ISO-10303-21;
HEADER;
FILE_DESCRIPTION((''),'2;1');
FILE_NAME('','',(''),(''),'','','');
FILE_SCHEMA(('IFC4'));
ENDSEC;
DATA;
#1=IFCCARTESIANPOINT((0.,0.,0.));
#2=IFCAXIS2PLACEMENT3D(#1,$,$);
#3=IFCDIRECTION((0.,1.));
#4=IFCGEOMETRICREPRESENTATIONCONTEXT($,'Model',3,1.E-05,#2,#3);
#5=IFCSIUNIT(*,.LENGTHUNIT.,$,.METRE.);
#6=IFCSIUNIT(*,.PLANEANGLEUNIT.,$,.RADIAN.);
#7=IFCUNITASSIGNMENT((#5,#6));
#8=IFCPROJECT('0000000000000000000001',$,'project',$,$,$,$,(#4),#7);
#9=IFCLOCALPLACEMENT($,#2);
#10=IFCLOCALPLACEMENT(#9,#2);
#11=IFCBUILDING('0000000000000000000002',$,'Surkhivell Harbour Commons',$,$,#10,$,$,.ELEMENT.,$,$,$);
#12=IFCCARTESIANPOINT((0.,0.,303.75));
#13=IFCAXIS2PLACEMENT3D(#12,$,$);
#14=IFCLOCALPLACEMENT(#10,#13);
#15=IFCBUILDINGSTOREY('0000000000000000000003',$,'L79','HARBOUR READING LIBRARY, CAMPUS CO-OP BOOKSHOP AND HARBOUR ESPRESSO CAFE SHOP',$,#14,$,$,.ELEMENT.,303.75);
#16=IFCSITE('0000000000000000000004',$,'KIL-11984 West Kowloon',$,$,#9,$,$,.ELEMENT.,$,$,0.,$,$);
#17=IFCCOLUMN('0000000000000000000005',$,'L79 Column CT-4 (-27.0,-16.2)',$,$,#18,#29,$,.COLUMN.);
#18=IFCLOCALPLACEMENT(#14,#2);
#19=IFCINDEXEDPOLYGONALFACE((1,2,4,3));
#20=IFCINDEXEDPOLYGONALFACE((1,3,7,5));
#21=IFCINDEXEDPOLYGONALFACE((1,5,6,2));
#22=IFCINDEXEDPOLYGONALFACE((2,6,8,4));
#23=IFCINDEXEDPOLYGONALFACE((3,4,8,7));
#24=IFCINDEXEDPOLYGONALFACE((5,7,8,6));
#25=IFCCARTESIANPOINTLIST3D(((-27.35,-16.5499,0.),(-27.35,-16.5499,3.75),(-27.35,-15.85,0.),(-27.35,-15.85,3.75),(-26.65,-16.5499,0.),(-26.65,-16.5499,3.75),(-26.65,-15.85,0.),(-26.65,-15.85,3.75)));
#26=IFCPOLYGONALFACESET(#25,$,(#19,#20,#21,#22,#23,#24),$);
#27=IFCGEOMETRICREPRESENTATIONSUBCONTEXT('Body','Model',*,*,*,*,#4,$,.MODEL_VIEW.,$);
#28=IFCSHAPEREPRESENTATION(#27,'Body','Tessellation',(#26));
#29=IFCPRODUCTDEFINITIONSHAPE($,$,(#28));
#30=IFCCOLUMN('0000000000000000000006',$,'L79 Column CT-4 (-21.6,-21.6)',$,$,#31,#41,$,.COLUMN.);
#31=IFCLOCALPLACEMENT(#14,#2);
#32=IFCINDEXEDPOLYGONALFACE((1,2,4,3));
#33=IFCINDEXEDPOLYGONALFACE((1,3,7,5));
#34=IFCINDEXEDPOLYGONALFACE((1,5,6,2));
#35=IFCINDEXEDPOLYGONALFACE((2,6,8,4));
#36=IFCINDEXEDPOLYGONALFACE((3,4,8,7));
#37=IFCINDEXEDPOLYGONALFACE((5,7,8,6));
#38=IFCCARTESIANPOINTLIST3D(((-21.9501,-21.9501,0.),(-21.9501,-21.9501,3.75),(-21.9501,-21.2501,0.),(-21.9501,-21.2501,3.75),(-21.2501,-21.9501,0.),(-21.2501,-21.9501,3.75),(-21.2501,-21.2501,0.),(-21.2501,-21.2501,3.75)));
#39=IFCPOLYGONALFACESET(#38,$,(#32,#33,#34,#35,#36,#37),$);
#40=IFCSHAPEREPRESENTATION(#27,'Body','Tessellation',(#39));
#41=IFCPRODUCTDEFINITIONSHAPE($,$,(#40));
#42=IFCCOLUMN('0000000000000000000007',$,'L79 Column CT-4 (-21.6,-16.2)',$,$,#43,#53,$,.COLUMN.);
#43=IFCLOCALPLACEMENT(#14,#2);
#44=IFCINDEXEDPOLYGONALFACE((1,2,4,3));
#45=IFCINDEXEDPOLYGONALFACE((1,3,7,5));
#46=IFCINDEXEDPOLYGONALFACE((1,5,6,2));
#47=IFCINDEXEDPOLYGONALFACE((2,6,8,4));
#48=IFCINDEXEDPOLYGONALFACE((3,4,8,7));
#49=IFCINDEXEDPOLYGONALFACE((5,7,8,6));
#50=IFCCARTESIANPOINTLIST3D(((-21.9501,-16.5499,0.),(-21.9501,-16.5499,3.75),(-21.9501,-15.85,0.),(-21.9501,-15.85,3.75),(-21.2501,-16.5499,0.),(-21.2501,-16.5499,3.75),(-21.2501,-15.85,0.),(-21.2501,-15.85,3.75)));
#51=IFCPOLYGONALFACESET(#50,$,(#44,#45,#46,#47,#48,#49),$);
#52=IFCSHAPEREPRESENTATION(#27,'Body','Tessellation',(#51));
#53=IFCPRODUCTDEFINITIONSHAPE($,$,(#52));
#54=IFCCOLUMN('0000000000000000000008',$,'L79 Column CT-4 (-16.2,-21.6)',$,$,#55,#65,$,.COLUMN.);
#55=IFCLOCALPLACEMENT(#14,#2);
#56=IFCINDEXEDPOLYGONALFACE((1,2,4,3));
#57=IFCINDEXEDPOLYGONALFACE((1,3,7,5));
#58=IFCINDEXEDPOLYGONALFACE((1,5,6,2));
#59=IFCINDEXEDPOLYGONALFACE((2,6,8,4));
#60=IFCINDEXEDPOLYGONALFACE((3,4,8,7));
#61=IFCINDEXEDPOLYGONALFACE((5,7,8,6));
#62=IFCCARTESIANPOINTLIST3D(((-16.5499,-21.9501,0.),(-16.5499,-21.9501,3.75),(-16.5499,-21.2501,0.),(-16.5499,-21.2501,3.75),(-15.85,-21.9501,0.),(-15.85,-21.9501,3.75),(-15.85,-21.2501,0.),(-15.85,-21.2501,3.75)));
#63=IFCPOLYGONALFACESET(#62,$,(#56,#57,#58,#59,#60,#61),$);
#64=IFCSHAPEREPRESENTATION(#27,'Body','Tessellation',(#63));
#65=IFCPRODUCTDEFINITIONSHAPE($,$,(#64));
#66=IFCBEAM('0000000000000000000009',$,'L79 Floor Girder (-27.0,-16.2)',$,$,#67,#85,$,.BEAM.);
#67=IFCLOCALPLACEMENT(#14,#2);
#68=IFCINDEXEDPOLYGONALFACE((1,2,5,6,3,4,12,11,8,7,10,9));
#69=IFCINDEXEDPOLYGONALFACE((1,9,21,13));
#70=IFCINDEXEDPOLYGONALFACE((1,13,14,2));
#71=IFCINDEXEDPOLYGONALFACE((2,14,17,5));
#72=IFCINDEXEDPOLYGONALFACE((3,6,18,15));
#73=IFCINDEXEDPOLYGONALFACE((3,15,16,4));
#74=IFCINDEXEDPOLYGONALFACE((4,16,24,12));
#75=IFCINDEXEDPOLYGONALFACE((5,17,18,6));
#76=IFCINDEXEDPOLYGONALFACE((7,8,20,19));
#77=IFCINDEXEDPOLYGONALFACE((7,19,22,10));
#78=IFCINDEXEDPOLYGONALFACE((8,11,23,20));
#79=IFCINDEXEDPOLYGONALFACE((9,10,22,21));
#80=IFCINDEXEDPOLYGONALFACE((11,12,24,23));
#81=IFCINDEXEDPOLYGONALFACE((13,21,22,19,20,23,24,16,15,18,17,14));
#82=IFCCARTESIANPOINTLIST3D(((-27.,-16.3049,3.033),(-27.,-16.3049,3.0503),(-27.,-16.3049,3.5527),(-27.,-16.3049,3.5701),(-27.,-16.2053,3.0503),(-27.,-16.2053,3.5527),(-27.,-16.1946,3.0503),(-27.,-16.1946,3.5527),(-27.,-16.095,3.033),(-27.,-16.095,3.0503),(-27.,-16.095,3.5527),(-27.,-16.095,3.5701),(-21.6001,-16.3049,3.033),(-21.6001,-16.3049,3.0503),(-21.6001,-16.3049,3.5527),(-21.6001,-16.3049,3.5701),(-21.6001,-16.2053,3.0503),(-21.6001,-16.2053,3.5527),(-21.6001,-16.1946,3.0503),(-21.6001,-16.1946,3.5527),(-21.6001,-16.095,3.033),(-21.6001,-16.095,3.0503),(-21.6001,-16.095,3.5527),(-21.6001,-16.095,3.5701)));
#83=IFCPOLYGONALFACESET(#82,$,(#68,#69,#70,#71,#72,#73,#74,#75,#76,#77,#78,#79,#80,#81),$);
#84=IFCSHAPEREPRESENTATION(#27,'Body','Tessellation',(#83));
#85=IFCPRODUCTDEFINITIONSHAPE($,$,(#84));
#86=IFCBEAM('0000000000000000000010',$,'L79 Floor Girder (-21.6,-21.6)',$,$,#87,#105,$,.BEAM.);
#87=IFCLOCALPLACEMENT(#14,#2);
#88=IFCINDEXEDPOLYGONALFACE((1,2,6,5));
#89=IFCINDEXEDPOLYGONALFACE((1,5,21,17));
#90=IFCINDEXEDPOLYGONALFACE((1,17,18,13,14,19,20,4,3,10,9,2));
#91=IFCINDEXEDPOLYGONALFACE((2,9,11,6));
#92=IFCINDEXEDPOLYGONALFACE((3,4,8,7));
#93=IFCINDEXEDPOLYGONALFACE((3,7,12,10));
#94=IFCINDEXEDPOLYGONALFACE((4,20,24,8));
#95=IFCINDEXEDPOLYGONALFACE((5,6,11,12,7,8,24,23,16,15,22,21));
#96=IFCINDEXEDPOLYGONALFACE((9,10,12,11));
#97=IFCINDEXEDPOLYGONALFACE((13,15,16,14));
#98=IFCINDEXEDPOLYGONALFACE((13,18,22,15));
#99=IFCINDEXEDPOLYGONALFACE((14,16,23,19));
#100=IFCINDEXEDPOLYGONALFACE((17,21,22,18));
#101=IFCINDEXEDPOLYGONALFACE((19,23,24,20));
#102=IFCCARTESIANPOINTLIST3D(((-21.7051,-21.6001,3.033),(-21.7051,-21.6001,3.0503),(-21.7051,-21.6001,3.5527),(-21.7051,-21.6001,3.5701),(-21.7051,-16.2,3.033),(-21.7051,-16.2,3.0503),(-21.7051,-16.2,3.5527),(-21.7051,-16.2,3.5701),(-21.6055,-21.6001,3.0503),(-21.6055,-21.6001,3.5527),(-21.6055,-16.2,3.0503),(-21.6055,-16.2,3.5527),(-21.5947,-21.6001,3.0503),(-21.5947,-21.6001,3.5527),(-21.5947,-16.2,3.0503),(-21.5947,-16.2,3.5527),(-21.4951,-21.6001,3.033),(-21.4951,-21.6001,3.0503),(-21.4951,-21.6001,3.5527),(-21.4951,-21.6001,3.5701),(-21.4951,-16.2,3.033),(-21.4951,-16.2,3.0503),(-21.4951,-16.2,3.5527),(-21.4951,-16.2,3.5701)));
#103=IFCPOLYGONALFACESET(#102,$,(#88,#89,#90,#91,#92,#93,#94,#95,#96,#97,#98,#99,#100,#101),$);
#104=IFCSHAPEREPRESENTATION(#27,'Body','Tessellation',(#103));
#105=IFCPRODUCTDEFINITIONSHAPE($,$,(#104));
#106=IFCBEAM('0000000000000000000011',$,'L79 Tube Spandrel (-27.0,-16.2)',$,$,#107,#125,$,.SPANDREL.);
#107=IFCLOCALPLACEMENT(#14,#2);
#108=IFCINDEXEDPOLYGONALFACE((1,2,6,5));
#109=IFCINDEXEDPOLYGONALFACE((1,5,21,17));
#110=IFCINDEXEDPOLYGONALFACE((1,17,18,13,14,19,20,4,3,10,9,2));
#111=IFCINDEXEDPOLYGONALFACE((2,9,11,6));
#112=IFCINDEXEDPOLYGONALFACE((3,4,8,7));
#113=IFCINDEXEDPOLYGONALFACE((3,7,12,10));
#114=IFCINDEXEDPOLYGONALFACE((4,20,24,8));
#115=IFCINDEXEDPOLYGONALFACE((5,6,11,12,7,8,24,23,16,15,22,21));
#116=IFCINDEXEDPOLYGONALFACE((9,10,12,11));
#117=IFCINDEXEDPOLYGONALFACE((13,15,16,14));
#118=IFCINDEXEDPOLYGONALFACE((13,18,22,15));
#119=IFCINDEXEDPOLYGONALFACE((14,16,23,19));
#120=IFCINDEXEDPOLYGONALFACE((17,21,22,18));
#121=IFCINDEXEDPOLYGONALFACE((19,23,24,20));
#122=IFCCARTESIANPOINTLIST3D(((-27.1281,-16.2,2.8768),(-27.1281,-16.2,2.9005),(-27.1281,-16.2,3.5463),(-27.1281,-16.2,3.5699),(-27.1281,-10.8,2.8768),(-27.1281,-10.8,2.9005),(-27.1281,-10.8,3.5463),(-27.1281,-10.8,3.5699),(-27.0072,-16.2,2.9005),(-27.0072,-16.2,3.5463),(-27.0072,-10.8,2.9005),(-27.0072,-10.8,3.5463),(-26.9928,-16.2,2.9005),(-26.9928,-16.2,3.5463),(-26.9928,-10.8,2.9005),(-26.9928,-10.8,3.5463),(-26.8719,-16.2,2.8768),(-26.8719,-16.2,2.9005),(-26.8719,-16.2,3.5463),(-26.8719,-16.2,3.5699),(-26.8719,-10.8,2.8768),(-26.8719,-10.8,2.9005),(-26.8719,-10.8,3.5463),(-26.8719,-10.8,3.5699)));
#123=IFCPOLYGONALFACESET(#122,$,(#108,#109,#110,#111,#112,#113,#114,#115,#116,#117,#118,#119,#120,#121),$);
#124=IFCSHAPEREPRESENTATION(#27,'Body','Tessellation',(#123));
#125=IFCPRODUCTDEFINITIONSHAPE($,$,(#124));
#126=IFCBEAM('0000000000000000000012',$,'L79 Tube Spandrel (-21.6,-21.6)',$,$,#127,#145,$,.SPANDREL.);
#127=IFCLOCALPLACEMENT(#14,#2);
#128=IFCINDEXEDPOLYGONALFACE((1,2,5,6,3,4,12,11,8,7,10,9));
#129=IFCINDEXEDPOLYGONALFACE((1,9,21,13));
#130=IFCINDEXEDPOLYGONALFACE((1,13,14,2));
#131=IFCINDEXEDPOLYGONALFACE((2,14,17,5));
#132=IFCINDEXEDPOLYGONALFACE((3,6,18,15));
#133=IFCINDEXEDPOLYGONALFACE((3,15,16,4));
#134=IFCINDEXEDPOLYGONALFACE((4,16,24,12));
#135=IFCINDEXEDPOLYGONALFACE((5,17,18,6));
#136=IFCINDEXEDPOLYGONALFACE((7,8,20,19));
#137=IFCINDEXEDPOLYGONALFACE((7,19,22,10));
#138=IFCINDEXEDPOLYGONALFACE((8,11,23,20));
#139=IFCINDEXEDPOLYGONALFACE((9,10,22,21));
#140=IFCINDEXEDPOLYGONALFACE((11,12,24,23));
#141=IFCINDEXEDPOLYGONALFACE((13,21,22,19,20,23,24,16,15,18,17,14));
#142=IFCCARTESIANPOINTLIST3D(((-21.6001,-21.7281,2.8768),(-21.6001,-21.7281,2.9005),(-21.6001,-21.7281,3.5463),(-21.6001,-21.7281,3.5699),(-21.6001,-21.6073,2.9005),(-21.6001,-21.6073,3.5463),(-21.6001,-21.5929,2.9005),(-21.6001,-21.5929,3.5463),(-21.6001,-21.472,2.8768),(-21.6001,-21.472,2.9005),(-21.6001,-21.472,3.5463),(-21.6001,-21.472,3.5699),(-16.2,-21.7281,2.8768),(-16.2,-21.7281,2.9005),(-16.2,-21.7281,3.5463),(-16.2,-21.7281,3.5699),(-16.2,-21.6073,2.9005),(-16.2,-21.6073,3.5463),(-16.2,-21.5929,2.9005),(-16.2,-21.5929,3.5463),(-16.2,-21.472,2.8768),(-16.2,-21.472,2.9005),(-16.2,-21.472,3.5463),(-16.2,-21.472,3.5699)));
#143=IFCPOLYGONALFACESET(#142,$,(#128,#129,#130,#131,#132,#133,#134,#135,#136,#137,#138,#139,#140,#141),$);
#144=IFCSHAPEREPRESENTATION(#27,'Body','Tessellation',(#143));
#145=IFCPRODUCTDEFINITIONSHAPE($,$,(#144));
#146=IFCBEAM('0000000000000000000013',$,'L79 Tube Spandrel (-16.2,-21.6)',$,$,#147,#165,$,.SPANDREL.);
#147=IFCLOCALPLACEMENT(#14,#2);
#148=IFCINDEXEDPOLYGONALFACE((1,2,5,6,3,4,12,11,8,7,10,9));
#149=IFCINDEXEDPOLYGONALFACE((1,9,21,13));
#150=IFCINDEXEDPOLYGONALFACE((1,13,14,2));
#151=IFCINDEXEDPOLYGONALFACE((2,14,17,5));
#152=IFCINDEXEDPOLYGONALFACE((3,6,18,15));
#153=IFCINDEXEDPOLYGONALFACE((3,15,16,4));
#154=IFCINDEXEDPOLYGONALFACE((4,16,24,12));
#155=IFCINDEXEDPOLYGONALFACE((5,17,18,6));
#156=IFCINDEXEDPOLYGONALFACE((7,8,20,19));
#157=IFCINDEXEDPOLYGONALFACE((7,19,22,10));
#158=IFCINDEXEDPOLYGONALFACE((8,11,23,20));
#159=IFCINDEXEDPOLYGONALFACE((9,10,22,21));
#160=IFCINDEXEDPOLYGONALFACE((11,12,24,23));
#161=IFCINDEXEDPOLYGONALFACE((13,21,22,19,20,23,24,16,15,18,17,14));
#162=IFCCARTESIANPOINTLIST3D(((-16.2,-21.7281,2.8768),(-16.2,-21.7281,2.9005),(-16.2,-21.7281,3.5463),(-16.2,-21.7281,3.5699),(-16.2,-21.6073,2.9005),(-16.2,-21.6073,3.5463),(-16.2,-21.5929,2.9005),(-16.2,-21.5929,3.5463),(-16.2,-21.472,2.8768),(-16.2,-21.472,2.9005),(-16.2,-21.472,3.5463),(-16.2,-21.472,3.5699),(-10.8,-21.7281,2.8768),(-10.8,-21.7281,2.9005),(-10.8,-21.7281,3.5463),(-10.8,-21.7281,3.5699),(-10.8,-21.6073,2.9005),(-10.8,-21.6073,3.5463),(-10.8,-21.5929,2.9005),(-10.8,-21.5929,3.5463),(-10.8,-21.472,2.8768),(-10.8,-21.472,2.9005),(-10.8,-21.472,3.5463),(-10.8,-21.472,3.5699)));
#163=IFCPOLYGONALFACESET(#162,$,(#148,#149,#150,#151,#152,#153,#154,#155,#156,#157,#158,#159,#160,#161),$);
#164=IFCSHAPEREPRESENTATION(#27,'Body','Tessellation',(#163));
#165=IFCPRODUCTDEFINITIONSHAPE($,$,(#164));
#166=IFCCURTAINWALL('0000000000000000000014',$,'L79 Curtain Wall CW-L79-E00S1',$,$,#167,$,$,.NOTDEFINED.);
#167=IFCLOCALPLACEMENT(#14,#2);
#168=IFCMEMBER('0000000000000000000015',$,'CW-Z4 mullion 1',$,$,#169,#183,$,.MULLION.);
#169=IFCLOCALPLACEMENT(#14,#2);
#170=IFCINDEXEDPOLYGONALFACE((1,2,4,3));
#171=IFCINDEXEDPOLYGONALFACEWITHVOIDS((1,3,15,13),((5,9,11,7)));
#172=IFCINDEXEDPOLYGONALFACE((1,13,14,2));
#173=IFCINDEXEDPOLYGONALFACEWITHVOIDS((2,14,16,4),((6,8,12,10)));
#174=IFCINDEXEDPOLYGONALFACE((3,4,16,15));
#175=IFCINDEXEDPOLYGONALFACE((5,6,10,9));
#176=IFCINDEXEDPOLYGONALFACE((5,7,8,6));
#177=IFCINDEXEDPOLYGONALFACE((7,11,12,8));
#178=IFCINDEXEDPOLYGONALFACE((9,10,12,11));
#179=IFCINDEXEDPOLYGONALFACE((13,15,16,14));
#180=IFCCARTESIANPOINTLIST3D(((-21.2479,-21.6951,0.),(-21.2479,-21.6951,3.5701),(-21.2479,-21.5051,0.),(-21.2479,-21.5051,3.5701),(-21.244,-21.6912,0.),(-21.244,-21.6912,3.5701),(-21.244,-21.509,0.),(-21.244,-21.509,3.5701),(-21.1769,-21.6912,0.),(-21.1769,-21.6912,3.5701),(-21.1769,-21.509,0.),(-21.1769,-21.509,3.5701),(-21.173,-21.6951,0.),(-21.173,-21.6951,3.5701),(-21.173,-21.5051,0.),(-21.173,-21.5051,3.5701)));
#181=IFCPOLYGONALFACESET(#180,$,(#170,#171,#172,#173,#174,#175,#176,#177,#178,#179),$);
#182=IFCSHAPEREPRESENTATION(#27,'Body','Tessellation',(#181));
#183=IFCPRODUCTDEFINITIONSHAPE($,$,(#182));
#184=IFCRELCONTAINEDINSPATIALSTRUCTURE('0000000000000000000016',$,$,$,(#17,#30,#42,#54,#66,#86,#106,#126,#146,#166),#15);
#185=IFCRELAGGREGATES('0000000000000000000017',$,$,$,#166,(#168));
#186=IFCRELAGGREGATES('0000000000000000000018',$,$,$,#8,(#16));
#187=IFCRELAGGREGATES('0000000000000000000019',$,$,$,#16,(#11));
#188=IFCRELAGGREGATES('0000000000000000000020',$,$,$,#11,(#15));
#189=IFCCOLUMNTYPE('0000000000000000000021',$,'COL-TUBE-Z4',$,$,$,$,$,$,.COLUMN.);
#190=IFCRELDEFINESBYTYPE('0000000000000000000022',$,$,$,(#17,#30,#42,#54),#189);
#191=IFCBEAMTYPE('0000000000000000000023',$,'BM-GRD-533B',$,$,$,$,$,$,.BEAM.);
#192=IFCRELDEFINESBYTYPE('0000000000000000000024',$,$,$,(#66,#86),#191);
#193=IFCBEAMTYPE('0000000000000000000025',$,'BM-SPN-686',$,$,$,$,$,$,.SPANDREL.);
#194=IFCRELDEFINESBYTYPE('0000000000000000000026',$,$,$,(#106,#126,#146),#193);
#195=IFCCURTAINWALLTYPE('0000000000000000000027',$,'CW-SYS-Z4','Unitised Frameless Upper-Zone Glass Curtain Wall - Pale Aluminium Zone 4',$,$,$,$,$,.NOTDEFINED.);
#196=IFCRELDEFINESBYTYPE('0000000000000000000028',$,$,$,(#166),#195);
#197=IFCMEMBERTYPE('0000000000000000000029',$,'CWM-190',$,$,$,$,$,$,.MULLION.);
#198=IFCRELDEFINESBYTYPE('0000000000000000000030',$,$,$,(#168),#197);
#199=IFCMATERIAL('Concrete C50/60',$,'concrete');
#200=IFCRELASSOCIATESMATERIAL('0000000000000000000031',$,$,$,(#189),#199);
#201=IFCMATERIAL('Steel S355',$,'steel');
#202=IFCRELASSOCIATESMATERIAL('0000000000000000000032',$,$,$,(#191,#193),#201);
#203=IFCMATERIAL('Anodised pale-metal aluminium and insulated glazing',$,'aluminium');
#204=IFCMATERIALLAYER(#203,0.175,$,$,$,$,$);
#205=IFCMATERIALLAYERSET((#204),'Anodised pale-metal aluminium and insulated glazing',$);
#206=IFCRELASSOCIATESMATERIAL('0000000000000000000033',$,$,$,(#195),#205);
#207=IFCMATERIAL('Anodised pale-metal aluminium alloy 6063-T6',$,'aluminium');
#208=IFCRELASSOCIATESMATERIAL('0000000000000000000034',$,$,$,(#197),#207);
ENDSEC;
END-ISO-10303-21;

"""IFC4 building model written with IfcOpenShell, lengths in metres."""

from ifc_helpers import new_model, si_unit, direction, frame, origin, origin_2d, place, context, subcontext, project, spatial, rectangle, hollow_rectangle, i_section, extrude, material, layer, layer_set, material_profile, profile_set, type_object, element, aggregate, save


model = new_model("IFC4")

# Units and contexts
model_context = context("Model", 3, precision=1e-05, world=origin(), true_north=direction((0.0, 1.0)))
body_context = subcontext(model_context, "Body", "Model", "MODEL_VIEW")
ifc_project = project(units=[si_unit("LENGTHUNIT", "METRE"), si_unit("PLANEANGLEUNIT", "RADIAN")], contexts=[model_context])

# Site, building, storey
site_placement = place(None, origin())
site = spatial("IfcSite", under=ifc_project, at=site_placement, Name="KIL-11984 West Kowloon", CompositionType="ELEMENT", RefElevation=0.0)
building_placement = place(site_placement, origin())
building = spatial("IfcBuilding", under=site, at=building_placement, Name="Surkhivell Harbour Commons", CompositionType="ELEMENT")
storey_placement = place(building_placement, frame((0.0, 0.0, 303.75)))
storey = spatial("IfcBuildingStorey", under=building, at=storey_placement, Name="L79", Description="HARBOUR READING LIBRARY, CAMPUS CO-OP BOOKSHOP AND HARBOUR ESPRESSO CAFE SHOP", CompositionType="ELEMENT", Elevation=303.75)

# Columns
ifc_material_1 = material(Name="Concrete C50/60", Category="concrete")
ifc_material_profile_1 = material_profile(ifc_material_1, rectangle(XDim=0.7, YDim=0.7, at=origin_2d()), Name="RC-COL-700x700")
ifc_profile_set_1 = profile_set([ifc_material_profile_1], Name="Concrete C50/60")
column_type = type_object("IfcColumnType", Name="COL-TUBE-Z4", PredefinedType="COLUMN", material=ifc_profile_set_1)
for number, where, z_axis, x_axis, name in (
    (1, (-27.0, -16.2, 0.0), (0.0, 0.0, 1.0), (1.0, 0.0, 0.0), "L79 Column CT-4 (-27.0,-16.2)"),
    (2, (-21.6001, -21.6001, 0.0), (0.0, 0.0, 1.0), (1.0, 0.0, 0.0), "L79 Column CT-4 (-21.6,-21.6)"),
    (3, (-21.6001, -16.2, 0.0), (0.0, 0.0, 1.0), (1.0, 0.0, 0.0), "L79 Column CT-4 (-21.6,-16.2)"),
    (4, (-16.2, -21.6001, 0.0), (0.0, 0.0, 1.0), (1.0, 0.0, 0.0), "L79 Column CT-4 (-16.2,-21.6)"),
):
    element("IfcColumn", number, at=place(storey_placement, frame(where, z_axis=z_axis, x_axis=x_axis)), inside=storey, type_object=column_type, Name=name, PredefinedType="COLUMN", context=body_context, shape_type="SweptSolid", body=[
        extrude(rectangle(XDim=0.7, YDim=0.7, at=origin_2d()), origin(), (0.0, 0.0, 1.0), 3.75),
    ])

# Beams
ifc_material_2 = material(Name="Steel S355", Category="steel")
ifc_material_profile_2 = material_profile(ifc_material_2, i_section(OverallWidth=0.21, OverallDepth=0.5371, WebThickness=0.0107, FlangeThickness=0.0173, at=origin_2d()), Name="UB533x210x101")
ifc_profile_set_2 = profile_set([ifc_material_profile_2], Name="Steel S355")
beam_type_1 = type_object("IfcBeamType", Name="BM-GRD-533B", PredefinedType="BEAM", material=ifc_profile_set_2)
beam_1_placement = place(storey_placement, frame((-27.0, -16.2, 3.3015), z_axis=(1.0, 0.0, 0.0), x_axis=(0.0, 1.0, 0.0)))
element("IfcBeam", 5, at=beam_1_placement, inside=storey, type_object=beam_type_1, Name="L79 Floor Girder (-27.0,-16.2)", PredefinedType="BEAM", context=body_context, shape_type="SweptSolid", body=[
    extrude(i_section(OverallWidth=0.21, OverallDepth=0.5371, WebThickness=0.0107, FlangeThickness=0.0173, at=origin_2d()), origin(), (0.0, 0.0, 1.0), 5.3999),
])
beam_2_placement = place(storey_placement, frame((-21.6001, -21.6001, 3.3015), z_axis=(0.0, 1.0, 0.0), x_axis=(-1.0, 0.0, 0.0)))
element("IfcBeam", 6, at=beam_2_placement, inside=storey, type_object=beam_type_1, Name="L79 Floor Girder (-21.6,-21.6)", PredefinedType="BEAM", context=body_context, shape_type="SweptSolid", body=[
    extrude(i_section(OverallWidth=0.21, OverallDepth=0.5371, WebThickness=0.0107, FlangeThickness=0.0173, at=origin_2d()), origin(), (0.0, 0.0, 1.0), 5.4001),
])
ifc_material_profile_3 = material_profile(ifc_material_2, i_section(OverallWidth=0.2561, OverallDepth=0.6931, WebThickness=0.0144, FlangeThickness=0.0237, at=origin_2d()), Name="UB686x254x170")
ifc_profile_set_3 = profile_set([ifc_material_profile_3], Name="Steel S355")
beam_type_2 = type_object("IfcBeamType", Name="BM-SPN-686", PredefinedType="SPANDREL", material=ifc_profile_set_3)
beam_3_placement = place(storey_placement, frame((-27.0, -16.2, 3.2234), z_axis=(0.0, 1.0, 0.0), x_axis=(-1.0, 0.0, 0.0)))
element("IfcBeam", 7, at=beam_3_placement, inside=storey, type_object=beam_type_2, Name="L79 Tube Spandrel (-27.0,-16.2)", PredefinedType="SPANDREL", context=body_context, shape_type="SweptSolid", body=[
    extrude(i_section(OverallWidth=0.2561, OverallDepth=0.6931, WebThickness=0.0144, FlangeThickness=0.0237, at=origin_2d()), origin(), (0.0, 0.0, 1.0), 5.3999),
])
beam_4_placement = place(storey_placement, frame((-21.6001, -21.6001, 3.2234), z_axis=(1.0, 0.0, 0.0), x_axis=(0.0, 1.0, 0.0)))
element("IfcBeam", 8, at=beam_4_placement, inside=storey, type_object=beam_type_2, Name="L79 Tube Spandrel (-21.6,-21.6)", PredefinedType="SPANDREL", context=body_context, shape_type="SweptSolid", body=[
    extrude(i_section(OverallWidth=0.2561, OverallDepth=0.6931, WebThickness=0.0144, FlangeThickness=0.0237, at=origin_2d()), origin(), (0.0, 0.0, 1.0), 5.4001),
])
beam_5_placement = place(storey_placement, frame((-16.2, -21.6001, 3.2234), z_axis=(1.0, 0.0, 0.0), x_axis=(0.0, 1.0, 0.0)))
element("IfcBeam", 9, at=beam_5_placement, inside=storey, type_object=beam_type_2, Name="L79 Tube Spandrel (-16.2,-21.6)", PredefinedType="SPANDREL", context=body_context, shape_type="SweptSolid", body=[
    extrude(i_section(OverallWidth=0.2561, OverallDepth=0.6931, WebThickness=0.0144, FlangeThickness=0.0237, at=origin_2d()), origin(), (0.0, 0.0, 1.0), 5.3999),
])

# Curtain wall, member
ifc_material_3 = material(Name="Anodised pale-metal aluminium and insulated glazing", Category="aluminium")
ifc_layer_1 = layer(ifc_material_3, 0.175)
ifc_layer_set_1 = layer_set([ifc_layer_1], Name="Anodised pale-metal aluminium and insulated glazing")
curtain_wall_type = type_object("IfcCurtainWallType", Name="CW-SYS-Z4", Description="Unitised Frameless Upper-Zone Glass Curtain Wall - Pale Aluminium Zone 4", PredefinedType="NOTDEFINED", material=ifc_layer_set_1)
curtain_wall_placement = place(storey_placement, origin())
curtain_wall = element("IfcCurtainWall", 10, at=curtain_wall_placement, inside=storey, type_object=curtain_wall_type, Name="L79 Curtain Wall CW-L79-E00S1", PredefinedType="NOTDEFINED")
ifc_material_4 = material(Name="Anodised pale-metal aluminium alloy 6063-T6", Category="aluminium")
ifc_material_profile_4 = material_profile(ifc_material_4, hollow_rectangle(XDim=0.075, YDim=0.1899, WallThickness=0.0039, at=origin_2d()), Name="ALU-MULL-75x190")
ifc_profile_set_4 = profile_set([ifc_material_profile_4], Name="Anodised pale-metal aluminium alloy 6063-T6")
member_type_1 = type_object("IfcMemberType", Name="CWM-190", PredefinedType="MULLION", material=ifc_profile_set_4)
member_1_placement = place(storey_placement, frame((-21.2104, -21.6001, 0.0), z_axis=(0.0, 0.0, 1.0), x_axis=(1.0, 0.0, 0.0)))
member_1 = element("IfcMember", 11, at=member_1_placement, type_object=member_type_1, Name="CW-Z4 mullion 1", PredefinedType="MULLION", context=body_context, shape_type="SweptSolid", body=[
    extrude(hollow_rectangle(XDim=0.075, YDim=0.1899, WallThickness=0.0039, at=origin_2d()), origin(), (0.0, 0.0, 1.0), 3.5701),
])

aggregate(curtain_wall, [member_1])

save(model, "model.ifc")
